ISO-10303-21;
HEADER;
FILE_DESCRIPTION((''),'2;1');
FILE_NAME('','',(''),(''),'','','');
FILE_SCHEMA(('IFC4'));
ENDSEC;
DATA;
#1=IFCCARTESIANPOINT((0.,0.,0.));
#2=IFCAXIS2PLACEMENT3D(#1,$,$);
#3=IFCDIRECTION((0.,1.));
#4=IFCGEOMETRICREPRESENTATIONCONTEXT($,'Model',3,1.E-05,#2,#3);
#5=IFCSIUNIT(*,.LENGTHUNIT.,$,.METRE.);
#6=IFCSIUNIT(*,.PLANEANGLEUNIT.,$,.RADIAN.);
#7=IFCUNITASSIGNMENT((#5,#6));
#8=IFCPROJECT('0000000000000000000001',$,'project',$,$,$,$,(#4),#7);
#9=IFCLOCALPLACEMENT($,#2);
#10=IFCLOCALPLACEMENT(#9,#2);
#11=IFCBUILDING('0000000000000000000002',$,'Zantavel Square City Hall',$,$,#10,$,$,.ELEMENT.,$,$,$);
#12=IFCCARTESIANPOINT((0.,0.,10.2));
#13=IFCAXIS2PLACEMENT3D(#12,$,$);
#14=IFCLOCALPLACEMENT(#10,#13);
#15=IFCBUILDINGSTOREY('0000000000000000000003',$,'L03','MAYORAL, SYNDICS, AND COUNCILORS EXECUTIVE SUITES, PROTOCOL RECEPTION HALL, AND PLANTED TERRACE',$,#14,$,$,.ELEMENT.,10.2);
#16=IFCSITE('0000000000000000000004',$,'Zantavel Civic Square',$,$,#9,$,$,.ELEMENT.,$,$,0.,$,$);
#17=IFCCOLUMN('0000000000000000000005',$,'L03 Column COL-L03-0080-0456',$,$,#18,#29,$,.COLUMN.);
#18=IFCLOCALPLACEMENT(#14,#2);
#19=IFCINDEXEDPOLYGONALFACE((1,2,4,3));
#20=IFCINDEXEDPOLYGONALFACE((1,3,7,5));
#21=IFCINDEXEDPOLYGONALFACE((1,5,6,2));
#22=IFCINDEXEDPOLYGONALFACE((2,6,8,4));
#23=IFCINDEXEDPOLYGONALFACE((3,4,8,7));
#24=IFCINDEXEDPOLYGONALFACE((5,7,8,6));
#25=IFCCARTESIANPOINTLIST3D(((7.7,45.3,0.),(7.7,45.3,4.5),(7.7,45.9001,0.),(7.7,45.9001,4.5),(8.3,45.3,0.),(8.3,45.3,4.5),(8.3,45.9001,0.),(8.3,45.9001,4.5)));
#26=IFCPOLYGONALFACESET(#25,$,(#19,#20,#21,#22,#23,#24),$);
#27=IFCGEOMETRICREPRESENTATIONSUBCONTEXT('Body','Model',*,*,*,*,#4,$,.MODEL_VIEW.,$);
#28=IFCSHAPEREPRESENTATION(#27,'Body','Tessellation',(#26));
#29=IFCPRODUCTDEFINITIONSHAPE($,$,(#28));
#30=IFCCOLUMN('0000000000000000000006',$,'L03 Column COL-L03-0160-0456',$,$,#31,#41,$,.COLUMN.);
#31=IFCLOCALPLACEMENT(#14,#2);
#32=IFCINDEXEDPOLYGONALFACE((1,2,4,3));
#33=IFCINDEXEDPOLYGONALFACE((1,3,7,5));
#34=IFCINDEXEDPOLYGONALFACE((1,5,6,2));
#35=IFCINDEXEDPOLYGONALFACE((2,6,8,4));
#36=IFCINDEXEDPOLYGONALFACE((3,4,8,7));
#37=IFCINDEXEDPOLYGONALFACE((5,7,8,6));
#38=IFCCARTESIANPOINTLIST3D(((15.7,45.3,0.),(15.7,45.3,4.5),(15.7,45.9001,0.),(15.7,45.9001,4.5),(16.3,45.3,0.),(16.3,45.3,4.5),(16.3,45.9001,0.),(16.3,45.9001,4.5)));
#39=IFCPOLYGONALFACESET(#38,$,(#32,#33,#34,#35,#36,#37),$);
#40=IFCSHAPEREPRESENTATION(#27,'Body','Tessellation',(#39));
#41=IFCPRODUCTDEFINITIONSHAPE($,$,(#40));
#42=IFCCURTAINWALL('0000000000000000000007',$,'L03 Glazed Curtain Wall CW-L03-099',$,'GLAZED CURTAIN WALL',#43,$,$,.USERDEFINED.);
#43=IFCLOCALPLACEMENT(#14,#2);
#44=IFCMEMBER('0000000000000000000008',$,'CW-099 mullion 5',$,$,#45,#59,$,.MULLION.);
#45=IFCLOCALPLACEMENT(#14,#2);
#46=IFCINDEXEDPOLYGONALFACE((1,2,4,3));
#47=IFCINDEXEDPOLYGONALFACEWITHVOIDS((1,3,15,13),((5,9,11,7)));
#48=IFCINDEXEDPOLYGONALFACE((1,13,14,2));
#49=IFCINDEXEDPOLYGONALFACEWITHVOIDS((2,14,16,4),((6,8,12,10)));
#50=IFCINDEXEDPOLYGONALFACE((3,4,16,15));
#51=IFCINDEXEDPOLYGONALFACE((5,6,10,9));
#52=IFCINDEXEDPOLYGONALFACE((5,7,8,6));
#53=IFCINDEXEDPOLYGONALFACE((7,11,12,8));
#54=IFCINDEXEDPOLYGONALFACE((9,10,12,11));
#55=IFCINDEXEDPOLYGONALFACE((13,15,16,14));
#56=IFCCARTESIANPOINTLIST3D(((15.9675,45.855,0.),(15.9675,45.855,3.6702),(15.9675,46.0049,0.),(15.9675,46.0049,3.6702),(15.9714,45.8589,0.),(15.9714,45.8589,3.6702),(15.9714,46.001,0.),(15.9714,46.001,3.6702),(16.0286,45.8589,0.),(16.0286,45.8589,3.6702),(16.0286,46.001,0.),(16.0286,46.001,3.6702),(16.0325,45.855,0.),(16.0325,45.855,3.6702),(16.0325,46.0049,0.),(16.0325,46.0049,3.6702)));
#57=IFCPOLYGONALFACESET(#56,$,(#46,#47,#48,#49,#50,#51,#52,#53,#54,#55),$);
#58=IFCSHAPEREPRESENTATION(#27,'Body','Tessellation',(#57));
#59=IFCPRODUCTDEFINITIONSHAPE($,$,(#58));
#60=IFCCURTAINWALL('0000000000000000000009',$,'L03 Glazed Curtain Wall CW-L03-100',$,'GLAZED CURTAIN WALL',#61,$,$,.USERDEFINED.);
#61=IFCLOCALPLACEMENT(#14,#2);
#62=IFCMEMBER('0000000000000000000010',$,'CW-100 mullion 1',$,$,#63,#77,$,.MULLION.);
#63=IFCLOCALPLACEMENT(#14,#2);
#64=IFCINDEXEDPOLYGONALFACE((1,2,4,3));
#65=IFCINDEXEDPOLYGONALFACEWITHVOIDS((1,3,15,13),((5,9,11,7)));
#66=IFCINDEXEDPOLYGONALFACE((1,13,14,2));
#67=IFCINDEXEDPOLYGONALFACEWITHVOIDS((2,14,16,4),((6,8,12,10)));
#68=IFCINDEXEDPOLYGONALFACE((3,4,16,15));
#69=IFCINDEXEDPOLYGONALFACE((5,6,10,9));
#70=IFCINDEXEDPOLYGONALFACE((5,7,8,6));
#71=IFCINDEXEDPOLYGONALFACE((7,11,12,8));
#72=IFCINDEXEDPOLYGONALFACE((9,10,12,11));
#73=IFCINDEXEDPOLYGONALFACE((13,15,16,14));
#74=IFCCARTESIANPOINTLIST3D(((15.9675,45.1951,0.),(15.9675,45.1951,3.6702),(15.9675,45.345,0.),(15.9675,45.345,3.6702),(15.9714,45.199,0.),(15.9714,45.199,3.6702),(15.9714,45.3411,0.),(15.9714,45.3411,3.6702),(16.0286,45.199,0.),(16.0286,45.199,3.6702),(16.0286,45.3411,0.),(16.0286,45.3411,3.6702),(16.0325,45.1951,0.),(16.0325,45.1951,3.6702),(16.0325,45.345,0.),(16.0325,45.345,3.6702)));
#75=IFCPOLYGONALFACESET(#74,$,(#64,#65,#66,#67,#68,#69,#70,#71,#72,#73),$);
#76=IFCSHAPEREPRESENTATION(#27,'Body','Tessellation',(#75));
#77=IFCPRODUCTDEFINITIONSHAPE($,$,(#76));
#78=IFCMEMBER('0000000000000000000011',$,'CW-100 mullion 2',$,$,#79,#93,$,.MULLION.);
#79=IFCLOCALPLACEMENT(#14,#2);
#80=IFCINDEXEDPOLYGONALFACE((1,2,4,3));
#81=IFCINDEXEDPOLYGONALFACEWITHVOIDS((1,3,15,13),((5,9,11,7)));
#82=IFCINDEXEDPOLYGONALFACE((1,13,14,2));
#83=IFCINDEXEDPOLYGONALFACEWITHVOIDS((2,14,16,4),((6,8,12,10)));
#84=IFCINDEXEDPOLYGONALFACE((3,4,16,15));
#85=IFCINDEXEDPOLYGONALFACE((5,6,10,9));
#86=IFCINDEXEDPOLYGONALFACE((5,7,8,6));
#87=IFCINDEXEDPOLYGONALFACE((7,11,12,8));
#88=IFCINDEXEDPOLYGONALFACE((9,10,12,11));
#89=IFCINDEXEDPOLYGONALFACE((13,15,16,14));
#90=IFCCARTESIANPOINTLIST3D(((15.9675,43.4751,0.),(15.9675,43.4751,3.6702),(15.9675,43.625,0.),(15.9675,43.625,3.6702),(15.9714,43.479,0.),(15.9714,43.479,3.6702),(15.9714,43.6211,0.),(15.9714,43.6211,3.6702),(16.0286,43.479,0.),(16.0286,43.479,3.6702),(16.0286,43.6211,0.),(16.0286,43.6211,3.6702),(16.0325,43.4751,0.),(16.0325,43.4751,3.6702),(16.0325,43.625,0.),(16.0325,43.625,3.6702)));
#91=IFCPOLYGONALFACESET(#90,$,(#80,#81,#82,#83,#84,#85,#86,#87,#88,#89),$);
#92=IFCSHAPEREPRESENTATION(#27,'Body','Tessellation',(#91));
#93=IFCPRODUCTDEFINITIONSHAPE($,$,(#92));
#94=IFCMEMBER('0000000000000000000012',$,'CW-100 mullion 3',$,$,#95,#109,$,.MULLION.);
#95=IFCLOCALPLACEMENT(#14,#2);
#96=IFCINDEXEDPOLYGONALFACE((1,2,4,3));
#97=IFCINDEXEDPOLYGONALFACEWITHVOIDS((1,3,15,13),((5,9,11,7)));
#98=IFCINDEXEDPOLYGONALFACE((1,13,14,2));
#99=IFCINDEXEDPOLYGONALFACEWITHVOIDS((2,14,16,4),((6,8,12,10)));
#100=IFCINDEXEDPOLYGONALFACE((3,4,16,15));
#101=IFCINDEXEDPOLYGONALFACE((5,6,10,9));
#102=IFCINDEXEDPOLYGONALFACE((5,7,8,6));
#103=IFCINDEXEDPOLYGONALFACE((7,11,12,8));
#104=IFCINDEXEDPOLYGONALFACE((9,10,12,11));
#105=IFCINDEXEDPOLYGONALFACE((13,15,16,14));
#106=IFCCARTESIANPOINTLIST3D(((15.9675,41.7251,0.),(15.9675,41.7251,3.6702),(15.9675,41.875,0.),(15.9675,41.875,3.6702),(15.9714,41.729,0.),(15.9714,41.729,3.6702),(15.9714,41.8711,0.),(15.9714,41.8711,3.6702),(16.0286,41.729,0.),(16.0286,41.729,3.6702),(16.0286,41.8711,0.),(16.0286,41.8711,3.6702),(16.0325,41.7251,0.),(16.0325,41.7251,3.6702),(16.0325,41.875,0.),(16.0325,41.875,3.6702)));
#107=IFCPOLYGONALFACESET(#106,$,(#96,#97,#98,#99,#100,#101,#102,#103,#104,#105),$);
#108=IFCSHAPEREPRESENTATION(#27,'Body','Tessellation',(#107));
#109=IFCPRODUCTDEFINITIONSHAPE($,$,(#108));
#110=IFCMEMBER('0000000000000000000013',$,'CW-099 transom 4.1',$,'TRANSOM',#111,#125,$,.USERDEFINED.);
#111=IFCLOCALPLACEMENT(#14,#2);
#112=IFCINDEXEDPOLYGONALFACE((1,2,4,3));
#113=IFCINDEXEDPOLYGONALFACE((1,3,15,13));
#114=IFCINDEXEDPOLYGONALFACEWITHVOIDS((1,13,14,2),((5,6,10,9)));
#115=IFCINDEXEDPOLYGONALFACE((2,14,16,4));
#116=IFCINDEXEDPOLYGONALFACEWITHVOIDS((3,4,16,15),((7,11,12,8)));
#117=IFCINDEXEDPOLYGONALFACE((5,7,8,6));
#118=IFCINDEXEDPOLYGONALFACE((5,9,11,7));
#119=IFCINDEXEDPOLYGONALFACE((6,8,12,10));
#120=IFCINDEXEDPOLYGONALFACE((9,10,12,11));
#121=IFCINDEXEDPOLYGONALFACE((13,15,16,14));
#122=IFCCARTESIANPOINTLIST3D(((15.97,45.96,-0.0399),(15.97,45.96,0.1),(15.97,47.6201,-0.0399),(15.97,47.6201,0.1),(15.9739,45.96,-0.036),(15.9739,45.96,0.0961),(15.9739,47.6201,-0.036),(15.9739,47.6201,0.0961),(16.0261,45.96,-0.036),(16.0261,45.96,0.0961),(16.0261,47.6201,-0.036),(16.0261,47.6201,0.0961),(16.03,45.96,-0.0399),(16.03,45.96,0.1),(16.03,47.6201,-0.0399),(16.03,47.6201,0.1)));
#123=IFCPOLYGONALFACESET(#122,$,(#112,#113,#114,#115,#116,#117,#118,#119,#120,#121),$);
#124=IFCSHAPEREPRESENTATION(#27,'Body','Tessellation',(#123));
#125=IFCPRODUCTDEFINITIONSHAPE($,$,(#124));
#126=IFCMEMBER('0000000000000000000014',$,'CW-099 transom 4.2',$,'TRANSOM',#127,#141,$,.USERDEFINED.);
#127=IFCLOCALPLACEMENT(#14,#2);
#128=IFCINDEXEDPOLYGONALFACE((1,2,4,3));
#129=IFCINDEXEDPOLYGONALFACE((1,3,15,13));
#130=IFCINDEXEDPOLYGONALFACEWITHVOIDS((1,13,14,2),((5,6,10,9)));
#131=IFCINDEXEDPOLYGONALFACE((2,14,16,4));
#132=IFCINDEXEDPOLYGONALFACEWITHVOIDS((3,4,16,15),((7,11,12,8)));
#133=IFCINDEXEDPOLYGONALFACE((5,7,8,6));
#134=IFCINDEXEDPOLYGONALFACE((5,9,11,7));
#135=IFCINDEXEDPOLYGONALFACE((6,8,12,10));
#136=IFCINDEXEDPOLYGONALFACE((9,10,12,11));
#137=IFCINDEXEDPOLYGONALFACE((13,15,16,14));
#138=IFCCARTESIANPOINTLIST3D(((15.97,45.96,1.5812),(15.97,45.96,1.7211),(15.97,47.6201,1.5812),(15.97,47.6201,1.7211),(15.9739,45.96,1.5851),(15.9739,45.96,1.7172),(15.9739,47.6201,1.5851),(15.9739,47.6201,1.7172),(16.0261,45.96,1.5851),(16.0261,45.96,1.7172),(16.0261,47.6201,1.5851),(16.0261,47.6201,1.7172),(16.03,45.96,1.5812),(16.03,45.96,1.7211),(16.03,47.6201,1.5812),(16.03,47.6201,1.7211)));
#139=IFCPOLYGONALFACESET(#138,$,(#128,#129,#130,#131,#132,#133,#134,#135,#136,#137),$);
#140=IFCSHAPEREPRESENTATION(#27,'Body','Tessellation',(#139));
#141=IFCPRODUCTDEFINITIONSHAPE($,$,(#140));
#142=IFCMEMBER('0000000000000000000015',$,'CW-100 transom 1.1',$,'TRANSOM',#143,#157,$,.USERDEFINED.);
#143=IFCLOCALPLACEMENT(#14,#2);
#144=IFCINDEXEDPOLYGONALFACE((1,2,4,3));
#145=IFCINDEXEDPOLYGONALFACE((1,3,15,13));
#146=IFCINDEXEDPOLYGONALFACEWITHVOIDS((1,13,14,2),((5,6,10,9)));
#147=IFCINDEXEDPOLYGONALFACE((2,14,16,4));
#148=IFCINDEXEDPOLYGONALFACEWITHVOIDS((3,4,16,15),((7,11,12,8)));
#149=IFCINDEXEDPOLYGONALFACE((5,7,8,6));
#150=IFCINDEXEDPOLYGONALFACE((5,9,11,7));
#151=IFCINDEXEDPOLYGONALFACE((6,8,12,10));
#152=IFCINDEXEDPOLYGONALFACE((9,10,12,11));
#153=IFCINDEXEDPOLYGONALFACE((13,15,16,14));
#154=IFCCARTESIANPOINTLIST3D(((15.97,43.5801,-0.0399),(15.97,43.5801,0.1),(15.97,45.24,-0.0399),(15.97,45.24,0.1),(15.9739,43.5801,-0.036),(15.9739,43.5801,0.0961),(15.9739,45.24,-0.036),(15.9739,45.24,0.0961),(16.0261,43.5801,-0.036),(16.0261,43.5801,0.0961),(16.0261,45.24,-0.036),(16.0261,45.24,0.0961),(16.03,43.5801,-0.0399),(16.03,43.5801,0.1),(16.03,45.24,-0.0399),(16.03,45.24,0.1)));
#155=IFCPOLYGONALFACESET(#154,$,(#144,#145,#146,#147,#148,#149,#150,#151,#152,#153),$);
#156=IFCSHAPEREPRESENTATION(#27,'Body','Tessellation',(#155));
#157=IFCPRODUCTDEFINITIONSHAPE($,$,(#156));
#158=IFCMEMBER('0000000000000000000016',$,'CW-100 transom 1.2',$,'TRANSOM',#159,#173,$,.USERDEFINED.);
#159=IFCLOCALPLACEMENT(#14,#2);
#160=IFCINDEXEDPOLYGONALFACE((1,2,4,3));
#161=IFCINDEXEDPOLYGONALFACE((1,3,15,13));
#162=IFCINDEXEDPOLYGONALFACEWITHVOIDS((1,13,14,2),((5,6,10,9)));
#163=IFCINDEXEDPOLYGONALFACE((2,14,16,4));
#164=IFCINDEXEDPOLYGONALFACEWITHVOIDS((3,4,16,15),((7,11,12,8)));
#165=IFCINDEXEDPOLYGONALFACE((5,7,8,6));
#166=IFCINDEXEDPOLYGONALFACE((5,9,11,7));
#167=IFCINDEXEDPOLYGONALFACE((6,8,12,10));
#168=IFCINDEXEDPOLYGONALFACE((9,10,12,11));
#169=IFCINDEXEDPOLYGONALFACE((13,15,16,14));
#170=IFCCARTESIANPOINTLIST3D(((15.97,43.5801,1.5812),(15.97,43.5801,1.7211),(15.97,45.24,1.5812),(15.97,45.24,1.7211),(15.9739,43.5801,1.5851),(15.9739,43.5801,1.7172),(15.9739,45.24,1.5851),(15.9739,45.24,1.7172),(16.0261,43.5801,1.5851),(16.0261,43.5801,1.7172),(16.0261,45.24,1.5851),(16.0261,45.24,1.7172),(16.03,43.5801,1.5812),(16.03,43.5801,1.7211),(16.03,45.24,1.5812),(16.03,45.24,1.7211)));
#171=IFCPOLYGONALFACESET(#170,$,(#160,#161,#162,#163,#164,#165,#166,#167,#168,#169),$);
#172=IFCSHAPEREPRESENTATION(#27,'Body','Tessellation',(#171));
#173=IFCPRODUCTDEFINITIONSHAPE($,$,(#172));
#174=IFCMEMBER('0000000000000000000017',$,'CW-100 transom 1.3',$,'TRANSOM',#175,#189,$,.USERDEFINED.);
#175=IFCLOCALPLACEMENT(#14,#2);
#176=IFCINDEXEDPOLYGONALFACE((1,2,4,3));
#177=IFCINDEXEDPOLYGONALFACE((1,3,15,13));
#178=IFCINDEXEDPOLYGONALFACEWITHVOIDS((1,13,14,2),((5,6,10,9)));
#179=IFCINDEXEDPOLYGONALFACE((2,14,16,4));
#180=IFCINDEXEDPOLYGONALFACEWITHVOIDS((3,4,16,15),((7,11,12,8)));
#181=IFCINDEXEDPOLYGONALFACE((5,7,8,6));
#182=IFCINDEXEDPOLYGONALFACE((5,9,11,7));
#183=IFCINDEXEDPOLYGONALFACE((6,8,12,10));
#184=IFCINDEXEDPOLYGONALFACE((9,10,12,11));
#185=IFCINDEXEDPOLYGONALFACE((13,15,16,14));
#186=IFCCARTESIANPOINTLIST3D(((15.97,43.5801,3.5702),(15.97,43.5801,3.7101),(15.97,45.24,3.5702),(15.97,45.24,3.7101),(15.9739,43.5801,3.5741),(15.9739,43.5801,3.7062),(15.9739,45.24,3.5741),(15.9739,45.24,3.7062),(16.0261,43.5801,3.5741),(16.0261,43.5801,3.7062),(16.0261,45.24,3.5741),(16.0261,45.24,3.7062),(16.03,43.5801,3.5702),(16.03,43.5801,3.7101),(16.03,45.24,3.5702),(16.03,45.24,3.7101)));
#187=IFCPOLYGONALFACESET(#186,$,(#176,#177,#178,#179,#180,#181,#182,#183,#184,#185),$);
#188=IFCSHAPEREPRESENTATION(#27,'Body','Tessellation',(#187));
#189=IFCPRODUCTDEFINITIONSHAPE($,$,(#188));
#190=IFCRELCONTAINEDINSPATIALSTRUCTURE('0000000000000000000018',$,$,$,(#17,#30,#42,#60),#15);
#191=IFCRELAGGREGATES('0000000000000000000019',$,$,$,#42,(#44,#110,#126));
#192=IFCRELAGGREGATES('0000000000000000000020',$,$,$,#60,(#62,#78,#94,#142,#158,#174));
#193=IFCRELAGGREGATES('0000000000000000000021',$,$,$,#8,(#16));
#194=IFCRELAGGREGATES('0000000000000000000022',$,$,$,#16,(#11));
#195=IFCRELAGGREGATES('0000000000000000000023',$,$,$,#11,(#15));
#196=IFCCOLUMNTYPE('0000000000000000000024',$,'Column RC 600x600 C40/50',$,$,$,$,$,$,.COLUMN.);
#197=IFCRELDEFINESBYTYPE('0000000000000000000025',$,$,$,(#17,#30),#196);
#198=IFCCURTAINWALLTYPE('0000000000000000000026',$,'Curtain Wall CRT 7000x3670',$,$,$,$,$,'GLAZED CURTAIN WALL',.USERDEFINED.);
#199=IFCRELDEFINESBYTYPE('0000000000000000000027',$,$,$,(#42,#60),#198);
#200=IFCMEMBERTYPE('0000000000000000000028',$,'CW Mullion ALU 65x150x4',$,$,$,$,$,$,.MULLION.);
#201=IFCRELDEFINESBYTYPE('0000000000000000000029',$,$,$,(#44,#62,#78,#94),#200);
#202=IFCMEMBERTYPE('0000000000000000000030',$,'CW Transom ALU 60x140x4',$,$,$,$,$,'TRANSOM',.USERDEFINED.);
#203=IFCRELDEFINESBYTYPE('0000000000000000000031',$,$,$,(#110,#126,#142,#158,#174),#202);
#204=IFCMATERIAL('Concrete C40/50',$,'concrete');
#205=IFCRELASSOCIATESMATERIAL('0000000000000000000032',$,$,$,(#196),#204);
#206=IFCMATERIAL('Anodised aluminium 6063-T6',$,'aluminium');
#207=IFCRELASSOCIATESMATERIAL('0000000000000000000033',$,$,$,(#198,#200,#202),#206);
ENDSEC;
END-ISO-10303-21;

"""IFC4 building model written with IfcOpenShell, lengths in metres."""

from ifc_helpers import new_model, si_unit, direction, frame, origin, origin_2d, place, context, subcontext, project, spatial, rectangle, hollow_rectangle, extrude, material, material_profile, profile_set, type_object, element, aggregate, save


model = new_model("IFC4")

# Units and contexts
model_context = context("Model", 3, precision=1e-05, world=origin(), true_north=direction((0.0, 1.0)))
body_context = subcontext(model_context, "Body", "Model", "MODEL_VIEW")
ifc_project = project(units=[si_unit("LENGTHUNIT", "METRE"), si_unit("PLANEANGLEUNIT", "RADIAN")], contexts=[model_context])

# Site, building, storey
site_placement = place(None, origin())
site = spatial("IfcSite", under=ifc_project, at=site_placement, Name="Zantavel Civic Square", CompositionType="ELEMENT", RefElevation=0.0)
building_placement = place(site_placement, origin())
building = spatial("IfcBuilding", under=site, at=building_placement, Name="Zantavel Square City Hall", CompositionType="ELEMENT")
storey_placement = place(building_placement, frame((0.0, 0.0, 10.2)))
storey = spatial("IfcBuildingStorey", under=building, at=storey_placement, Name="L03", Description="MAYORAL, SYNDICS, AND COUNCILORS EXECUTIVE SUITES, PROTOCOL RECEPTION HALL, AND PLANTED TERRACE", CompositionType="ELEMENT", Elevation=10.2)

# Columns
ifc_material_1 = material(Name="Concrete C40/50", Category="concrete")
ifc_material_profile_1 = material_profile(ifc_material_1, rectangle(XDim=0.6001, YDim=0.6001, at=origin_2d()), Name="RC 600x600")
ifc_profile_set_1 = profile_set([ifc_material_profile_1], Name="Concrete C40/50")
column_type = type_object("IfcColumnType", Name="Column RC 600x600 C40/50", PredefinedType="COLUMN", material=ifc_profile_set_1)
for number, where, z_axis, x_axis, name in (
    (1, (8.0, 45.6001, 0.0), (0.0, 0.0, 1.0), (1.0, 0.0, 0.0), "L03 Column COL-L03-0080-0456"),
    (2, (16.0, 45.6001, 0.0), (0.0, 0.0, 1.0), (1.0, 0.0, 0.0), "L03 Column COL-L03-0160-0456"),
):
    element("IfcColumn", number, at=place(storey_placement, frame(where, z_axis=z_axis, x_axis=x_axis)), inside=storey, type_object=column_type, Name=name, PredefinedType="COLUMN", context=body_context, shape_type="SweptSolid", body=[
        extrude(rectangle(XDim=0.6001, YDim=0.6001, at=origin_2d()), origin(), (0.0, 0.0, 1.0), 4.5),
    ])

# Curtain wall, member
ifc_material_2 = material(Name="Anodised aluminium 6063-T6", Category="aluminium")
curtain_wall_type = type_object("IfcCurtainWallType", Name="Curtain Wall CRT 7000x3670", ElementType="GLAZED CURTAIN WALL", PredefinedType="USERDEFINED", material=ifc_material_2)
curtain_wall_1_placement = place(storey_placement, origin())
curtain_wall_1 = element("IfcCurtainWall", 3, at=curtain_wall_1_placement, inside=storey, type_object=curtain_wall_type, Name="L03 Glazed Curtain Wall CW-L03-099", ObjectType="GLAZED CURTAIN WALL", PredefinedType="USERDEFINED")
ifc_material_profile_2 = material_profile(ifc_material_2, hollow_rectangle(XDim=0.0649, YDim=0.1499, WallThickness=0.0039, at=origin_2d()), Name="ALU 65x150x4")
ifc_profile_set_2 = profile_set([ifc_material_profile_2], Name="Anodised aluminium 6063-T6")
member_type_1 = type_object("IfcMemberType", Name="CW Mullion ALU 65x150x4", PredefinedType="MULLION", material=ifc_profile_set_2)
member_1_placement = place(storey_placement, frame((16.0, 45.9299, 0.0), z_axis=(0.0, 0.0, 1.0), x_axis=(1.0, 0.0, 0.0)))
member_1 = element("IfcMember", 4, at=member_1_placement, type_object=member_type_1, Name="CW-099 mullion 5", PredefinedType="MULLION", context=body_context, shape_type="SweptSolid", body=[
    extrude(hollow_rectangle(XDim=0.0649, YDim=0.1499, WallThickness=0.0039, at=origin_2d()), origin(), (0.0, 0.0, 1.0), 3.6702),
])

# Curtain wall, members
curtain_wall_2_placement = place(storey_placement, origin())
curtain_wall_2 = element("IfcCurtainWall", 5, at=curtain_wall_2_placement, inside=storey, type_object=curtain_wall_type, Name="L03 Glazed Curtain Wall CW-L03-100", ObjectType="GLAZED CURTAIN WALL", PredefinedType="USERDEFINED")
member_2_placement = place(storey_placement, frame((16.0, 45.27, 0.0), z_axis=(0.0, 0.0, 1.0), x_axis=(1.0, 0.0, 0.0)))
member_2 = element("IfcMember", 6, at=member_2_placement, type_object=member_type_1, Name="CW-100 mullion 1", PredefinedType="MULLION", context=body_context, shape_type="SweptSolid", body=[
    extrude(hollow_rectangle(XDim=0.0649, YDim=0.1499, WallThickness=0.0039, at=origin_2d()), origin(), (0.0, 0.0, 1.0), 3.6702),
])
member_3_placement = place(storey_placement, frame((16.0, 43.55, 0.0), z_axis=(0.0, 0.0, 1.0), x_axis=(1.0, 0.0, 0.0)))
member_3 = element("IfcMember", 7, at=member_3_placement, type_object=member_type_1, Name="CW-100 mullion 2", PredefinedType="MULLION", context=body_context, shape_type="SweptSolid", body=[
    extrude(hollow_rectangle(XDim=0.0649, YDim=0.1499, WallThickness=0.0039, at=origin_2d()), origin(), (0.0, 0.0, 1.0), 3.6702),
])
member_4_placement = place(storey_placement, frame((16.0, 41.8, 0.0), z_axis=(0.0, 0.0, 1.0), x_axis=(1.0, 0.0, 0.0)))
member_4 = element("IfcMember", 8, at=member_4_placement, type_object=member_type_1, Name="CW-100 mullion 3", PredefinedType="MULLION", context=body_context, shape_type="SweptSolid", body=[
    extrude(hollow_rectangle(XDim=0.0649, YDim=0.1499, WallThickness=0.0039, at=origin_2d()), origin(), (0.0, 0.0, 1.0), 3.6702),
])

# Members
ifc_material_profile_3 = material_profile(ifc_material_2, hollow_rectangle(XDim=0.0601, YDim=0.1399, WallThickness=0.0039, at=origin_2d()), Name="ALU 60x140x4")
ifc_profile_set_3 = profile_set([ifc_material_profile_3], Name="Anodised aluminium 6063-T6")
member_type_2 = type_object("IfcMemberType", Name="CW Transom ALU 60x140x4", ElementType="TRANSOM", PredefinedType="USERDEFINED", material=ifc_profile_set_3)
member_5_placement = place(storey_placement, frame((16.0, 47.6201, 0.03), z_axis=(0.0, -1.0, 0.0), x_axis=(1.0, 0.0, 0.0)))
member_5 = element("IfcMember", 9, at=member_5_placement, type_object=member_type_2, Name="CW-099 transom 4.1", ObjectType="TRANSOM", PredefinedType="USERDEFINED", context=body_context, shape_type="SweptSolid", body=[
    extrude(hollow_rectangle(XDim=0.0601, YDim=0.1399, WallThickness=0.0039, at=origin_2d()), origin(), (0.0, 0.0, 1.0), 1.6602),
])
member_6_placement = place(storey_placement, frame((16.0, 47.6201, 1.6511), z_axis=(0.0, -1.0, 0.0), x_axis=(1.0, 0.0, 0.0)))
member_6 = element("IfcMember", 10, at=member_6_placement, type_object=member_type_2, Name="CW-099 transom 4.2", ObjectType="TRANSOM", PredefinedType="USERDEFINED", context=body_context, shape_type="SweptSolid", body=[
    extrude(hollow_rectangle(XDim=0.0601, YDim=0.1399, WallThickness=0.0039, at=origin_2d()), origin(), (0.0, 0.0, 1.0), 1.6602),
])
member_7_placement = place(storey_placement, frame((16.0, 45.24, 0.03), z_axis=(0.0, -1.0, 0.0), x_axis=(1.0, 0.0, 0.0)))
member_7 = element("IfcMember", 11, at=member_7_placement, type_object=member_type_2, Name="CW-100 transom 1.1", ObjectType="TRANSOM", PredefinedType="USERDEFINED", context=body_context, shape_type="SweptSolid", body=[
    extrude(hollow_rectangle(XDim=0.0601, YDim=0.1399, WallThickness=0.0039, at=origin_2d()), origin(), (0.0, 0.0, 1.0), 1.6599),
])
member_8_placement = place(storey_placement, frame((16.0, 45.24, 1.6511), z_axis=(0.0, -1.0, 0.0), x_axis=(1.0, 0.0, 0.0)))
member_8 = element("IfcMember", 12, at=member_8_placement, type_object=member_type_2, Name="CW-100 transom 1.2", ObjectType="TRANSOM", PredefinedType="USERDEFINED", context=body_context, shape_type="SweptSolid", body=[
    extrude(hollow_rectangle(XDim=0.0601, YDim=0.1399, WallThickness=0.0039, at=origin_2d()), origin(), (0.0, 0.0, 1.0), 1.6599),
])
member_9_placement = place(storey_placement, frame((16.0, 45.24, 3.6401), z_axis=(0.0, -1.0, 0.0), x_axis=(1.0, 0.0, 0.0)))
member_9 = element("IfcMember", 13, at=member_9_placement, type_object=member_type_2, Name="CW-100 transom 1.3", ObjectType="TRANSOM", PredefinedType="USERDEFINED", context=body_context, shape_type="SweptSolid", body=[
    extrude(hollow_rectangle(XDim=0.0601, YDim=0.1399, WallThickness=0.0039, at=origin_2d()), origin(), (0.0, 0.0, 1.0), 1.6599),
])

aggregate(curtain_wall_1, [member_1, member_5, member_6])
aggregate(curtain_wall_2, [member_2, member_3, member_4, member_7, member_8, member_9])

save(model, "model.ifc")
